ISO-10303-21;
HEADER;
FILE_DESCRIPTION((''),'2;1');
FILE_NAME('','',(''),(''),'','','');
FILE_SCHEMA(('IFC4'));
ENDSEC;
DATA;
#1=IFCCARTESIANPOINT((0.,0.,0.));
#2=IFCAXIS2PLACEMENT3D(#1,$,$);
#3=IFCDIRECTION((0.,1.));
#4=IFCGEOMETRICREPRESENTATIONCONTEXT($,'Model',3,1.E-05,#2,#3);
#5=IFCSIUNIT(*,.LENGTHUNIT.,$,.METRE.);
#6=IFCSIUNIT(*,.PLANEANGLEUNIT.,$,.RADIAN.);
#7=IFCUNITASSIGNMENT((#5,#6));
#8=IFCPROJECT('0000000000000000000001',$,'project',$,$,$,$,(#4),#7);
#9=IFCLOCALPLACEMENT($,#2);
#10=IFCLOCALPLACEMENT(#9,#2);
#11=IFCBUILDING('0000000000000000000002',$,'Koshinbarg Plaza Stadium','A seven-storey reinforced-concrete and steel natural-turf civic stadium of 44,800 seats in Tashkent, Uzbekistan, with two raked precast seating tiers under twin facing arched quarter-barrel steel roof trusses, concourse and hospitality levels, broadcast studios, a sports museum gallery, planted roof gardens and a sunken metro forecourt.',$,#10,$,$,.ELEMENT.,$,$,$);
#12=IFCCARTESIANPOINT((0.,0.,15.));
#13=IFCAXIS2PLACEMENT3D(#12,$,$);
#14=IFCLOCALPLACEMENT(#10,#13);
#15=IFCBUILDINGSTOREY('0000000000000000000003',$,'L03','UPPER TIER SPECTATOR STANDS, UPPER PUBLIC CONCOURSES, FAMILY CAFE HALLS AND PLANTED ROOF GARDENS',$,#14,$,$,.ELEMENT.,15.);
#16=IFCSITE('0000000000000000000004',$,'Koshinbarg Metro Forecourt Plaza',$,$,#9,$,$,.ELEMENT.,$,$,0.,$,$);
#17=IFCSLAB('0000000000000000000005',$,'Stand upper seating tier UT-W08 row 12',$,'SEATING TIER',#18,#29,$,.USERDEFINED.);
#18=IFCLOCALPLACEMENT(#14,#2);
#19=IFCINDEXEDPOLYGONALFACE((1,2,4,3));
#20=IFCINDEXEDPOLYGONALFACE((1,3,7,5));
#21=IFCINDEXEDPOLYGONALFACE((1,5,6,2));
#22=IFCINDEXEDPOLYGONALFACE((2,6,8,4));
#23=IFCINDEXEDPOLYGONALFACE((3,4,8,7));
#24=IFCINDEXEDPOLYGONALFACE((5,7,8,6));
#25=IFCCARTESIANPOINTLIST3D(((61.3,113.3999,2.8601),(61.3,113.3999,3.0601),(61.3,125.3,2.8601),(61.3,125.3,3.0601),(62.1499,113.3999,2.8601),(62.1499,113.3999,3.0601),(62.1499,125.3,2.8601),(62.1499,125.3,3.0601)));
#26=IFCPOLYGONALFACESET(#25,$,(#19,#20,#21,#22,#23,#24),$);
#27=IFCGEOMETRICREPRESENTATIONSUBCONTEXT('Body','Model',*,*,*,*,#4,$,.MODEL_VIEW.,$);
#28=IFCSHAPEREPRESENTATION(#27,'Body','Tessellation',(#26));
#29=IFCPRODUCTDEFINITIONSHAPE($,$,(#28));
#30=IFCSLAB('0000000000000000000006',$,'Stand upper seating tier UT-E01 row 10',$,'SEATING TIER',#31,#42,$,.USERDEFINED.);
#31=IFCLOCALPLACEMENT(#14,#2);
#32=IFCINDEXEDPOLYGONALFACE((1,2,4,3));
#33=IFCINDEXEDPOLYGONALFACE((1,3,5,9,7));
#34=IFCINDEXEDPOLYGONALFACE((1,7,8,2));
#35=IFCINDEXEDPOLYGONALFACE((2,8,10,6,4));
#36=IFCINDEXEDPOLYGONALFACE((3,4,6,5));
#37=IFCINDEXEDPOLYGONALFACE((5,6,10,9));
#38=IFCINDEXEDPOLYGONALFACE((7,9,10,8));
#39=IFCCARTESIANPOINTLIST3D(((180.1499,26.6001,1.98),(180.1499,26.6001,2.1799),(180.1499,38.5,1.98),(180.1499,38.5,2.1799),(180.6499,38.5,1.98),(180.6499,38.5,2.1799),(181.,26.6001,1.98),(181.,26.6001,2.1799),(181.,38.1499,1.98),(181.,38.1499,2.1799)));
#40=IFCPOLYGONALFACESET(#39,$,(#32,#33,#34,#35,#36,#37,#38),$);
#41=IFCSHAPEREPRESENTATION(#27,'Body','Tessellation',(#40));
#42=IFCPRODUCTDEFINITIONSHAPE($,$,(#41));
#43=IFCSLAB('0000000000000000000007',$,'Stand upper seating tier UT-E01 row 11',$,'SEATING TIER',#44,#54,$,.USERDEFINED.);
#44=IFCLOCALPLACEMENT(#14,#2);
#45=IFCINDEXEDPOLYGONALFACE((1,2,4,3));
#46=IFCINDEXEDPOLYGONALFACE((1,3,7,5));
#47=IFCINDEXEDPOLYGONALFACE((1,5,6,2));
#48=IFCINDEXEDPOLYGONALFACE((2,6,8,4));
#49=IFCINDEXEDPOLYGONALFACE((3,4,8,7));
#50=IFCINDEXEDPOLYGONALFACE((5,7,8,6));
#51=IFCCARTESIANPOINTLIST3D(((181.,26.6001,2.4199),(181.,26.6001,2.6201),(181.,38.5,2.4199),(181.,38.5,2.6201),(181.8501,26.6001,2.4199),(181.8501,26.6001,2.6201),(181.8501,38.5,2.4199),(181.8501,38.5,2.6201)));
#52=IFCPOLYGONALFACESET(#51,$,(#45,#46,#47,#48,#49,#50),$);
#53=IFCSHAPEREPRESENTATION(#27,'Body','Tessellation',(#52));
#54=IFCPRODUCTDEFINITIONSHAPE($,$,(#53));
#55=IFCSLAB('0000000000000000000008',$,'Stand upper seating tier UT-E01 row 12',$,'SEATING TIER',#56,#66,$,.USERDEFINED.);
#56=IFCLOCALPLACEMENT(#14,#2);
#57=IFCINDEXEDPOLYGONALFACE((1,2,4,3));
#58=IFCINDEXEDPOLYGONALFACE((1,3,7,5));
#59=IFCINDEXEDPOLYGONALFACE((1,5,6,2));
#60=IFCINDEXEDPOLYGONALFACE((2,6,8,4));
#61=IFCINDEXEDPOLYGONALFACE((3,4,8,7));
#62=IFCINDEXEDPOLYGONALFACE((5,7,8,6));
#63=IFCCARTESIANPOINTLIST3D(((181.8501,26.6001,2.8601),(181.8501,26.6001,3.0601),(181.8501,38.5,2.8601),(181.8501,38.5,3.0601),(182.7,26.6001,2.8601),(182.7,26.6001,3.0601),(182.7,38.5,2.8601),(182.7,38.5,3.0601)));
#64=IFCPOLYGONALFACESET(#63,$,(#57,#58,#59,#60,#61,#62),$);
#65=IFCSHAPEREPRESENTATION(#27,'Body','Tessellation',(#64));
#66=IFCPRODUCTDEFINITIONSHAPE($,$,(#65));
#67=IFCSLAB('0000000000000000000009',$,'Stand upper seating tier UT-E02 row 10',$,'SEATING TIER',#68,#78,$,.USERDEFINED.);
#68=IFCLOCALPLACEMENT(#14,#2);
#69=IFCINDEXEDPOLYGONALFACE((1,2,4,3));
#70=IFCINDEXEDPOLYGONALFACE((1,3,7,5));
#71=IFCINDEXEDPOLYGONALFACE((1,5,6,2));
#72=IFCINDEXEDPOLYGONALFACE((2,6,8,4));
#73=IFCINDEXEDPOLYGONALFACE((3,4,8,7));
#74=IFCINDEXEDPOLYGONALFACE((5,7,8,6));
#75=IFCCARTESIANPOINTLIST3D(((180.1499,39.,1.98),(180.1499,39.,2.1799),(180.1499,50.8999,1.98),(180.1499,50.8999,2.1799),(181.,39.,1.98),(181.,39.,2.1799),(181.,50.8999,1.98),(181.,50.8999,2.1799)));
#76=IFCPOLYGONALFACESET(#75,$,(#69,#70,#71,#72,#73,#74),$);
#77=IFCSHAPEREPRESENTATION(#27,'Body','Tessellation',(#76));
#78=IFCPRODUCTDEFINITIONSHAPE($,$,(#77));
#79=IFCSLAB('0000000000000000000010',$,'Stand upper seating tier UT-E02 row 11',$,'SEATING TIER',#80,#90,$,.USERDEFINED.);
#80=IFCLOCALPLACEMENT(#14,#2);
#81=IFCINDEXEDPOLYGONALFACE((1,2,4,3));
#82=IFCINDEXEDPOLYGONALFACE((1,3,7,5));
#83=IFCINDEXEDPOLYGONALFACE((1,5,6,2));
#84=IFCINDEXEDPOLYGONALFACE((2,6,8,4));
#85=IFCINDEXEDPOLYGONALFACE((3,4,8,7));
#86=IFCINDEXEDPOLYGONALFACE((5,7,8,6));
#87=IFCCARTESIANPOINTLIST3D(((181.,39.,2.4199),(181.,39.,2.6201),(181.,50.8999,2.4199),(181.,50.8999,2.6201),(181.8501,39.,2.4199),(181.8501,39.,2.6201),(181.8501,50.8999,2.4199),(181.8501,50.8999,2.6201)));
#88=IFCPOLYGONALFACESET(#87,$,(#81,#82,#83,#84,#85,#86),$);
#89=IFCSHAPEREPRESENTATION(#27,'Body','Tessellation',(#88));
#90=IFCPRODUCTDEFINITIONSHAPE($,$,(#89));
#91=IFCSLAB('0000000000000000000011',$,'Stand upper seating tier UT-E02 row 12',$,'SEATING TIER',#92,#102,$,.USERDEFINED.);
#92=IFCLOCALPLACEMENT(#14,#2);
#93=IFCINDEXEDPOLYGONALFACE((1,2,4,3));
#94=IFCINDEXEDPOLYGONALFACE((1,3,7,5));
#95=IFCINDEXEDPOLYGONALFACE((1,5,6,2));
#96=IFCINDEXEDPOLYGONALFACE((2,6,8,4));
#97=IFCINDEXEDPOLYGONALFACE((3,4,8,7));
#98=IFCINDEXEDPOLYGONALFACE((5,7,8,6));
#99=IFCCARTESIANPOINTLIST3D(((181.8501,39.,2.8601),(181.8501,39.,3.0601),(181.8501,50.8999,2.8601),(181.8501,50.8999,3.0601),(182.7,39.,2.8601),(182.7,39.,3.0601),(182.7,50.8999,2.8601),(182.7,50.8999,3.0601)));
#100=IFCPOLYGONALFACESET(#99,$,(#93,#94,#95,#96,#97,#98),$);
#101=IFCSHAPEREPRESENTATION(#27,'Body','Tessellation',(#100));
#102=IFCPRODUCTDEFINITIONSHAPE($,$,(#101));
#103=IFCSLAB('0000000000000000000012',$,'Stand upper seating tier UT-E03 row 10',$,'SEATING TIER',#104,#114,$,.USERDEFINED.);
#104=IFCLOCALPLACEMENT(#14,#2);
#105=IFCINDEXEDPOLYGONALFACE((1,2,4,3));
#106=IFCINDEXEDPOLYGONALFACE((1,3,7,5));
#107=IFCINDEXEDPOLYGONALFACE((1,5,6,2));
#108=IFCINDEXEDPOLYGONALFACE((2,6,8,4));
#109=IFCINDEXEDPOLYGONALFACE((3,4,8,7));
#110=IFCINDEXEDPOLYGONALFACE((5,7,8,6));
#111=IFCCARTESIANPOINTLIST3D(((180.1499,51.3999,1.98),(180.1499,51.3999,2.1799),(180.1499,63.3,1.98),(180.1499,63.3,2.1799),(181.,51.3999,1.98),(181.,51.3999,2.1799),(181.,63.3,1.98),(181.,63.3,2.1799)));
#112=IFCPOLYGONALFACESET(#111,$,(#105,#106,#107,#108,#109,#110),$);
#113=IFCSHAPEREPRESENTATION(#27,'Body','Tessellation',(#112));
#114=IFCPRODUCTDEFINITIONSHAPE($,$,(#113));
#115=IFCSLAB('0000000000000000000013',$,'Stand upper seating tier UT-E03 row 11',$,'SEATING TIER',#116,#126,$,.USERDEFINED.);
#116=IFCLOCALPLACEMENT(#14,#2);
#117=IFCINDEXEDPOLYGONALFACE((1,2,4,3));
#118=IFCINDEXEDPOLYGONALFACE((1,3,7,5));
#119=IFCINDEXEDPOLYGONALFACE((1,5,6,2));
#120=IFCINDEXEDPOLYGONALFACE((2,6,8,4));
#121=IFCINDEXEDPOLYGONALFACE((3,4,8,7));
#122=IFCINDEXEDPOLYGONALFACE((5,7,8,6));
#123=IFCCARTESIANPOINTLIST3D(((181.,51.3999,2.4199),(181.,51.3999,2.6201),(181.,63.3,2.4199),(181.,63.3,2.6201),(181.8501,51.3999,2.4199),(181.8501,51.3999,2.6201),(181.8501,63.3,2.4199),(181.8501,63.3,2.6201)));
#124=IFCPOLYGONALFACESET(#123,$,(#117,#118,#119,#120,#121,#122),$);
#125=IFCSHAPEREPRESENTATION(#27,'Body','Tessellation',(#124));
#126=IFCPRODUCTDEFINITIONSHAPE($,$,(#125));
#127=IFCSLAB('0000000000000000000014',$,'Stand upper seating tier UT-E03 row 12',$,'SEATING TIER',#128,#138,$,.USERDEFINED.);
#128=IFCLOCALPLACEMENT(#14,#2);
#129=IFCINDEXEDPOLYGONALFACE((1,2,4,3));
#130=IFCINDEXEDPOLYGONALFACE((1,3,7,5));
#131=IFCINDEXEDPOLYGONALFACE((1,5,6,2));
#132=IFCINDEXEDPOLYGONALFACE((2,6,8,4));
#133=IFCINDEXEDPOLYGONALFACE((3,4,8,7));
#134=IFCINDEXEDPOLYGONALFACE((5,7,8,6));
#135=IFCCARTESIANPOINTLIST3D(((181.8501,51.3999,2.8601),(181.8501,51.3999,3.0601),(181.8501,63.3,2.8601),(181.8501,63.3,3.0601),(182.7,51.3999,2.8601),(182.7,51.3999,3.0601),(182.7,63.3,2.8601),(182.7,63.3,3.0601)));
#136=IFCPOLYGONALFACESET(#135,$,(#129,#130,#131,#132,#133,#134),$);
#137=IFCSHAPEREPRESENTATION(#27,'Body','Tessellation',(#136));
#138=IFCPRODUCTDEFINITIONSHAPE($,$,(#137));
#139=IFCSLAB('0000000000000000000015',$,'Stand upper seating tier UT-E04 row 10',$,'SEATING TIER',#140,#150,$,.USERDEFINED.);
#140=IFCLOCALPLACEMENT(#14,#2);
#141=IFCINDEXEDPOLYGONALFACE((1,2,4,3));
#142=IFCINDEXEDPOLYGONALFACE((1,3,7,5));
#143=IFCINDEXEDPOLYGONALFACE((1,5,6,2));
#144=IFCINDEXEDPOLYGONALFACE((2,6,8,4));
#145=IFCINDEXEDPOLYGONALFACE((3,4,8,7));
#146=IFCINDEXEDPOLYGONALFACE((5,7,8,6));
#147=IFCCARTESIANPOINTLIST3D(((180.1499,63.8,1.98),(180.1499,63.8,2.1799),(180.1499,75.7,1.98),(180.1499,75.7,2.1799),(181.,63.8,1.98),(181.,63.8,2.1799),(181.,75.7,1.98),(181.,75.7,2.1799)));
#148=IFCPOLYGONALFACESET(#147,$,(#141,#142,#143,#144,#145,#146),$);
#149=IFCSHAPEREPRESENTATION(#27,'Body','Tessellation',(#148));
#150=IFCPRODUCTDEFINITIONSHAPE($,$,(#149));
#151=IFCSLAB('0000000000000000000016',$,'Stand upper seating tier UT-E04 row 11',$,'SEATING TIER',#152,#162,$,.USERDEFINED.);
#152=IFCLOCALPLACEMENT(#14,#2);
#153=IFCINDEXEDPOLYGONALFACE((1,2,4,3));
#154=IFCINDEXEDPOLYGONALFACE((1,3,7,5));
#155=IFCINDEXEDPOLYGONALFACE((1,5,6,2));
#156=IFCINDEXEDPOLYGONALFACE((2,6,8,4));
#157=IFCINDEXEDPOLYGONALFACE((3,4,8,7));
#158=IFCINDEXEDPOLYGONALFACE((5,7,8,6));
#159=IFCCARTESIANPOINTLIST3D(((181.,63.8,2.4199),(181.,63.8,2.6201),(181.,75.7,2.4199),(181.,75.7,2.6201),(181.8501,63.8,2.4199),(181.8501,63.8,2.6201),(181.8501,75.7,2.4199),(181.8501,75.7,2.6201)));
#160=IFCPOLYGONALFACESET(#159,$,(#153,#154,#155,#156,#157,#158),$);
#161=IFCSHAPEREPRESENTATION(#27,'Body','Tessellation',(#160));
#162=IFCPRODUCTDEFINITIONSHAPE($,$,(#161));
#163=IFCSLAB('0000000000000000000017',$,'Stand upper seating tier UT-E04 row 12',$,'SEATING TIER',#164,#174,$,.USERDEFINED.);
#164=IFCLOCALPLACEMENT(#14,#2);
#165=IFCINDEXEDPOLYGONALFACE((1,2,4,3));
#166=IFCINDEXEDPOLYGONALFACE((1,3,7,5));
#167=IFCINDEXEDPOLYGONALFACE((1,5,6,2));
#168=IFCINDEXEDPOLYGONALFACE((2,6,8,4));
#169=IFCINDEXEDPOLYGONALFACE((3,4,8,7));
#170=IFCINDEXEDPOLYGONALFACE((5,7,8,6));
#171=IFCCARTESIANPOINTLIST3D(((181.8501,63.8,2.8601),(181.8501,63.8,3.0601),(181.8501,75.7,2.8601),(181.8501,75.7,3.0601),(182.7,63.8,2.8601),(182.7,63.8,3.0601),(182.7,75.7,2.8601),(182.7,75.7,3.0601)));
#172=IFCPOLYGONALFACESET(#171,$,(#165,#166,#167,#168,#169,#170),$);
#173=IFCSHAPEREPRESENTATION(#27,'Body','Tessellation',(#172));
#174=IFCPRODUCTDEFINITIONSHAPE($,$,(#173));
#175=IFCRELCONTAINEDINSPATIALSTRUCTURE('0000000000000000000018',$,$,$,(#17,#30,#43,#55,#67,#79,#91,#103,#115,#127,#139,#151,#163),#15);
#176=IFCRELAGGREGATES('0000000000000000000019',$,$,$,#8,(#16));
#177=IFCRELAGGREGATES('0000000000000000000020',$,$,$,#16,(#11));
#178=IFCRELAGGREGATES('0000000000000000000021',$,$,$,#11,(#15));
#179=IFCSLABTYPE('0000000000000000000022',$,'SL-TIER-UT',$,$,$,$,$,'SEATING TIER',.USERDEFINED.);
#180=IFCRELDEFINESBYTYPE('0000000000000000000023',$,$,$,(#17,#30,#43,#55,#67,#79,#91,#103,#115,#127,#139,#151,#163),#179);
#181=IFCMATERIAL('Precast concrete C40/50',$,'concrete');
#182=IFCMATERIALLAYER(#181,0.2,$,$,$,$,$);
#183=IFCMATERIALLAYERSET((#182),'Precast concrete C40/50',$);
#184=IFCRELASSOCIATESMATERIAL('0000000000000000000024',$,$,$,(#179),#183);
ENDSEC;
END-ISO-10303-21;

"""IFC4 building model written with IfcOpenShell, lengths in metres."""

from ifc_helpers import new_model, si_unit, direction, frame, origin, place, context, subcontext, project, spatial, polyline, outline, extrude, material, layer, layer_set, type_object, element, save


model = new_model("IFC4")

# Units and contexts
model_context = context("Model", 3, precision=1e-05, world=origin(), true_north=direction((0.0, 1.0)))
body_context = subcontext(model_context, "Body", "Model", "MODEL_VIEW")
ifc_project = project(units=[si_unit("LENGTHUNIT", "METRE"), si_unit("PLANEANGLEUNIT", "RADIAN")], contexts=[model_context])

# Site, building, storey
site_placement = place(None, origin())
site = spatial("IfcSite", under=ifc_project, at=site_placement, Name="Koshinbarg Metro Forecourt Plaza", CompositionType="ELEMENT", RefElevation=0.0)
building_placement = place(site_placement, origin())
building = spatial("IfcBuilding", under=site, at=building_placement, Name="Koshinbarg Plaza Stadium", Description="A seven-storey reinforced-concrete and steel natural-turf civic stadium of 44,800 seats in Tashkent, Uzbekistan, with two raked precast seating tiers under twin facing arched quarter-barrel steel roof trusses, concourse and hospitality levels, broadcast studios, a sports museum gallery, planted roof gardens and a sunken metro forecourt.", CompositionType="ELEMENT")
storey_placement = place(building_placement, frame((0.0, 0.0, 15.0)))
storey = spatial("IfcBuildingStorey", under=building, at=storey_placement, Name="L03", Description="UPPER TIER SPECTATOR STANDS, UPPER PUBLIC CONCOURSES, FAMILY CAFE HALLS AND PLANTED ROOF GARDENS", CompositionType="ELEMENT", Elevation=15.0)

# Slabs
ifc_material = material(Name="Precast concrete C40/50", Category="concrete")
ifc_layer = layer(ifc_material, 0.2)
ifc_layer_set = layer_set([ifc_layer], Name="Precast concrete C40/50")
slab_type = type_object("IfcSlabType", Name="SL-TIER-UT", ElementType="SEATING TIER", PredefinedType="USERDEFINED", material=ifc_layer_set)
slab_1_placement = place(storey_placement, frame((0.0, 0.0, 2.8601)))
element("IfcSlab", 1, at=slab_1_placement, inside=storey, type_object=slab_type, Name="Stand upper seating tier UT-W08 row 12", ObjectType="SEATING TIER", PredefinedType="USERDEFINED", context=body_context, shape_type="SweptSolid", body=[
    extrude(outline(polyline([(61.3, 113.3999), (62.1499, 113.3999), (62.1499, 125.3), (61.3, 125.3), (61.3, 113.3999)])), origin(), (0.0, 0.0, 1.0), 0.2),
])
slab_2_placement = place(storey_placement, frame((0.0, 0.0, 1.98)))
element("IfcSlab", 2, at=slab_2_placement, inside=storey, type_object=slab_type, Name="Stand upper seating tier UT-E01 row 10", ObjectType="SEATING TIER", PredefinedType="USERDEFINED", context=body_context, shape_type="SweptSolid", body=[
    extrude(outline(polyline([(180.1499, 26.6001), (181.0, 26.6001), (181.0, 38.1499), (180.6499, 38.5), (180.1499, 38.5), (180.1499, 26.6001)])), origin(), (0.0, 0.0, 1.0), 0.2),
])
slab_3_placement = place(storey_placement, frame((0.0, 0.0, 2.4199)))
element("IfcSlab", 3, at=slab_3_placement, inside=storey, type_object=slab_type, Name="Stand upper seating tier UT-E01 row 11", ObjectType="SEATING TIER", PredefinedType="USERDEFINED", context=body_context, shape_type="SweptSolid", body=[
    extrude(outline(polyline([(181.0, 26.6001), (181.8501, 26.6001), (181.8501, 38.5), (181.0, 38.5), (181.0, 26.6001)])), origin(), (0.0, 0.0, 1.0), 0.2002),
])
slab_4_placement = place(storey_placement, frame((0.0, 0.0, 2.8601)))
element("IfcSlab", 4, at=slab_4_placement, inside=storey, type_object=slab_type, Name="Stand upper seating tier UT-E01 row 12", ObjectType="SEATING TIER", PredefinedType="USERDEFINED", context=body_context, shape_type="SweptSolid", body=[
    extrude(outline(polyline([(181.8501, 26.6001), (182.7, 26.6001), (182.7, 38.5), (181.8501, 38.5), (181.8501, 26.6001)])), origin(), (0.0, 0.0, 1.0), 0.2),
])
slab_5_placement = place(storey_placement, frame((0.0, 0.0, 1.98)))
element("IfcSlab", 5, at=slab_5_placement, inside=storey, type_object=slab_type, Name="Stand upper seating tier UT-E02 row 10", ObjectType="SEATING TIER", PredefinedType="USERDEFINED", context=body_context, shape_type="SweptSolid", body=[
    extrude(outline(polyline([(180.1499, 39.0), (181.0, 39.0), (181.0, 50.8999), (180.1499, 50.8999), (180.1499, 39.0)])), origin(), (0.0, 0.0, 1.0), 0.2),
])
slab_6_placement = place(storey_placement, frame((0.0, 0.0, 2.4199)))
element("IfcSlab", 6, at=slab_6_placement, inside=storey, type_object=slab_type, Name="Stand upper seating tier UT-E02 row 11", ObjectType="SEATING TIER", PredefinedType="USERDEFINED", context=body_context, shape_type="SweptSolid", body=[
    extrude(outline(polyline([(181.0, 39.0), (181.8501, 39.0), (181.8501, 50.8999), (181.0, 50.8999), (181.0, 39.0)])), origin(), (0.0, 0.0, 1.0), 0.2002),
])
slab_7_placement = place(storey_placement, frame((0.0, 0.0, 2.8601)))
element("IfcSlab", 7, at=slab_7_placement, inside=storey, type_object=slab_type, Name="Stand upper seating tier UT-E02 row 12", ObjectType="SEATING TIER", PredefinedType="USERDEFINED", context=body_context, shape_type="SweptSolid", body=[
    extrude(outline(polyline([(181.8501, 39.0), (182.7, 39.0), (182.7, 50.8999), (181.8501, 50.8999), (181.8501, 39.0)])), origin(), (0.0, 0.0, 1.0), 0.2),
])
slab_8_placement = place(storey_placement, frame((0.0, 0.0, 1.98)))
element("IfcSlab", 8, at=slab_8_placement, inside=storey, type_object=slab_type, Name="Stand upper seating tier UT-E03 row 10", ObjectType="SEATING TIER", PredefinedType="USERDEFINED", context=body_context, shape_type="SweptSolid", body=[
    extrude(outline(polyline([(180.1499, 51.3999), (181.0, 51.3999), (181.0, 63.3), (180.1499, 63.3), (180.1499, 51.3999)])), origin(), (0.0, 0.0, 1.0), 0.2),
])
slab_9_placement = place(storey_placement, frame((0.0, 0.0, 2.4199)))
element("IfcSlab", 9, at=slab_9_placement, inside=storey, type_object=slab_type, Name="Stand upper seating tier UT-E03 row 11", ObjectType="SEATING TIER", PredefinedType="USERDEFINED", context=body_context, shape_type="SweptSolid", body=[
    extrude(outline(polyline([(181.0, 51.3999), (181.8501, 51.3999), (181.8501, 63.3), (181.0, 63.3), (181.0, 51.3999)])), origin(), (0.0, 0.0, 1.0), 0.2002),
])
slab_10_placement = place(storey_placement, frame((0.0, 0.0, 2.8601)))
element("IfcSlab", 10, at=slab_10_placement, inside=storey, type_object=slab_type, Name="Stand upper seating tier UT-E03 row 12", ObjectType="SEATING TIER", PredefinedType="USERDEFINED", context=body_context, shape_type="SweptSolid", body=[
    extrude(outline(polyline([(181.8501, 51.3999), (182.7, 51.3999), (182.7, 63.3), (181.8501, 63.3), (181.8501, 51.3999)])), origin(), (0.0, 0.0, 1.0), 0.2),
])
slab_11_placement = place(storey_placement, frame((0.0, 0.0, 1.98)))
element("IfcSlab", 11, at=slab_11_placement, inside=storey, type_object=slab_type, Name="Stand upper seating tier UT-E04 row 10", ObjectType="SEATING TIER", PredefinedType="USERDEFINED", context=body_context, shape_type="SweptSolid", body=[
    extrude(outline(polyline([(180.1499, 63.8), (181.0, 63.8), (181.0, 75.7), (180.1499, 75.7), (180.1499, 63.8)])), origin(), (0.0, 0.0, 1.0), 0.2),
])
slab_12_placement = place(storey_placement, frame((0.0, 0.0, 2.4199)))
element("IfcSlab", 12, at=slab_12_placement, inside=storey, type_object=slab_type, Name="Stand upper seating tier UT-E04 row 11", ObjectType="SEATING TIER", PredefinedType="USERDEFINED", context=body_context, shape_type="SweptSolid", body=[
    extrude(outline(polyline([(181.0, 63.8), (181.8501, 63.8), (181.8501, 75.7), (181.0, 75.7), (181.0, 63.8)])), origin(), (0.0, 0.0, 1.0), 0.2002),
])
slab_13_placement = place(storey_placement, frame((0.0, 0.0, 2.8601)))
element("IfcSlab", 13, at=slab_13_placement, inside=storey, type_object=slab_type, Name="Stand upper seating tier UT-E04 row 12", ObjectType="SEATING TIER", PredefinedType="USERDEFINED", context=body_context, shape_type="SweptSolid", body=[
    extrude(outline(polyline([(181.8501, 63.8), (182.7, 63.8), (182.7, 75.7), (181.8501, 75.7), (181.8501, 63.8)])), origin(), (0.0, 0.0, 1.0), 0.2),
])

save(model, "model.ifc")
